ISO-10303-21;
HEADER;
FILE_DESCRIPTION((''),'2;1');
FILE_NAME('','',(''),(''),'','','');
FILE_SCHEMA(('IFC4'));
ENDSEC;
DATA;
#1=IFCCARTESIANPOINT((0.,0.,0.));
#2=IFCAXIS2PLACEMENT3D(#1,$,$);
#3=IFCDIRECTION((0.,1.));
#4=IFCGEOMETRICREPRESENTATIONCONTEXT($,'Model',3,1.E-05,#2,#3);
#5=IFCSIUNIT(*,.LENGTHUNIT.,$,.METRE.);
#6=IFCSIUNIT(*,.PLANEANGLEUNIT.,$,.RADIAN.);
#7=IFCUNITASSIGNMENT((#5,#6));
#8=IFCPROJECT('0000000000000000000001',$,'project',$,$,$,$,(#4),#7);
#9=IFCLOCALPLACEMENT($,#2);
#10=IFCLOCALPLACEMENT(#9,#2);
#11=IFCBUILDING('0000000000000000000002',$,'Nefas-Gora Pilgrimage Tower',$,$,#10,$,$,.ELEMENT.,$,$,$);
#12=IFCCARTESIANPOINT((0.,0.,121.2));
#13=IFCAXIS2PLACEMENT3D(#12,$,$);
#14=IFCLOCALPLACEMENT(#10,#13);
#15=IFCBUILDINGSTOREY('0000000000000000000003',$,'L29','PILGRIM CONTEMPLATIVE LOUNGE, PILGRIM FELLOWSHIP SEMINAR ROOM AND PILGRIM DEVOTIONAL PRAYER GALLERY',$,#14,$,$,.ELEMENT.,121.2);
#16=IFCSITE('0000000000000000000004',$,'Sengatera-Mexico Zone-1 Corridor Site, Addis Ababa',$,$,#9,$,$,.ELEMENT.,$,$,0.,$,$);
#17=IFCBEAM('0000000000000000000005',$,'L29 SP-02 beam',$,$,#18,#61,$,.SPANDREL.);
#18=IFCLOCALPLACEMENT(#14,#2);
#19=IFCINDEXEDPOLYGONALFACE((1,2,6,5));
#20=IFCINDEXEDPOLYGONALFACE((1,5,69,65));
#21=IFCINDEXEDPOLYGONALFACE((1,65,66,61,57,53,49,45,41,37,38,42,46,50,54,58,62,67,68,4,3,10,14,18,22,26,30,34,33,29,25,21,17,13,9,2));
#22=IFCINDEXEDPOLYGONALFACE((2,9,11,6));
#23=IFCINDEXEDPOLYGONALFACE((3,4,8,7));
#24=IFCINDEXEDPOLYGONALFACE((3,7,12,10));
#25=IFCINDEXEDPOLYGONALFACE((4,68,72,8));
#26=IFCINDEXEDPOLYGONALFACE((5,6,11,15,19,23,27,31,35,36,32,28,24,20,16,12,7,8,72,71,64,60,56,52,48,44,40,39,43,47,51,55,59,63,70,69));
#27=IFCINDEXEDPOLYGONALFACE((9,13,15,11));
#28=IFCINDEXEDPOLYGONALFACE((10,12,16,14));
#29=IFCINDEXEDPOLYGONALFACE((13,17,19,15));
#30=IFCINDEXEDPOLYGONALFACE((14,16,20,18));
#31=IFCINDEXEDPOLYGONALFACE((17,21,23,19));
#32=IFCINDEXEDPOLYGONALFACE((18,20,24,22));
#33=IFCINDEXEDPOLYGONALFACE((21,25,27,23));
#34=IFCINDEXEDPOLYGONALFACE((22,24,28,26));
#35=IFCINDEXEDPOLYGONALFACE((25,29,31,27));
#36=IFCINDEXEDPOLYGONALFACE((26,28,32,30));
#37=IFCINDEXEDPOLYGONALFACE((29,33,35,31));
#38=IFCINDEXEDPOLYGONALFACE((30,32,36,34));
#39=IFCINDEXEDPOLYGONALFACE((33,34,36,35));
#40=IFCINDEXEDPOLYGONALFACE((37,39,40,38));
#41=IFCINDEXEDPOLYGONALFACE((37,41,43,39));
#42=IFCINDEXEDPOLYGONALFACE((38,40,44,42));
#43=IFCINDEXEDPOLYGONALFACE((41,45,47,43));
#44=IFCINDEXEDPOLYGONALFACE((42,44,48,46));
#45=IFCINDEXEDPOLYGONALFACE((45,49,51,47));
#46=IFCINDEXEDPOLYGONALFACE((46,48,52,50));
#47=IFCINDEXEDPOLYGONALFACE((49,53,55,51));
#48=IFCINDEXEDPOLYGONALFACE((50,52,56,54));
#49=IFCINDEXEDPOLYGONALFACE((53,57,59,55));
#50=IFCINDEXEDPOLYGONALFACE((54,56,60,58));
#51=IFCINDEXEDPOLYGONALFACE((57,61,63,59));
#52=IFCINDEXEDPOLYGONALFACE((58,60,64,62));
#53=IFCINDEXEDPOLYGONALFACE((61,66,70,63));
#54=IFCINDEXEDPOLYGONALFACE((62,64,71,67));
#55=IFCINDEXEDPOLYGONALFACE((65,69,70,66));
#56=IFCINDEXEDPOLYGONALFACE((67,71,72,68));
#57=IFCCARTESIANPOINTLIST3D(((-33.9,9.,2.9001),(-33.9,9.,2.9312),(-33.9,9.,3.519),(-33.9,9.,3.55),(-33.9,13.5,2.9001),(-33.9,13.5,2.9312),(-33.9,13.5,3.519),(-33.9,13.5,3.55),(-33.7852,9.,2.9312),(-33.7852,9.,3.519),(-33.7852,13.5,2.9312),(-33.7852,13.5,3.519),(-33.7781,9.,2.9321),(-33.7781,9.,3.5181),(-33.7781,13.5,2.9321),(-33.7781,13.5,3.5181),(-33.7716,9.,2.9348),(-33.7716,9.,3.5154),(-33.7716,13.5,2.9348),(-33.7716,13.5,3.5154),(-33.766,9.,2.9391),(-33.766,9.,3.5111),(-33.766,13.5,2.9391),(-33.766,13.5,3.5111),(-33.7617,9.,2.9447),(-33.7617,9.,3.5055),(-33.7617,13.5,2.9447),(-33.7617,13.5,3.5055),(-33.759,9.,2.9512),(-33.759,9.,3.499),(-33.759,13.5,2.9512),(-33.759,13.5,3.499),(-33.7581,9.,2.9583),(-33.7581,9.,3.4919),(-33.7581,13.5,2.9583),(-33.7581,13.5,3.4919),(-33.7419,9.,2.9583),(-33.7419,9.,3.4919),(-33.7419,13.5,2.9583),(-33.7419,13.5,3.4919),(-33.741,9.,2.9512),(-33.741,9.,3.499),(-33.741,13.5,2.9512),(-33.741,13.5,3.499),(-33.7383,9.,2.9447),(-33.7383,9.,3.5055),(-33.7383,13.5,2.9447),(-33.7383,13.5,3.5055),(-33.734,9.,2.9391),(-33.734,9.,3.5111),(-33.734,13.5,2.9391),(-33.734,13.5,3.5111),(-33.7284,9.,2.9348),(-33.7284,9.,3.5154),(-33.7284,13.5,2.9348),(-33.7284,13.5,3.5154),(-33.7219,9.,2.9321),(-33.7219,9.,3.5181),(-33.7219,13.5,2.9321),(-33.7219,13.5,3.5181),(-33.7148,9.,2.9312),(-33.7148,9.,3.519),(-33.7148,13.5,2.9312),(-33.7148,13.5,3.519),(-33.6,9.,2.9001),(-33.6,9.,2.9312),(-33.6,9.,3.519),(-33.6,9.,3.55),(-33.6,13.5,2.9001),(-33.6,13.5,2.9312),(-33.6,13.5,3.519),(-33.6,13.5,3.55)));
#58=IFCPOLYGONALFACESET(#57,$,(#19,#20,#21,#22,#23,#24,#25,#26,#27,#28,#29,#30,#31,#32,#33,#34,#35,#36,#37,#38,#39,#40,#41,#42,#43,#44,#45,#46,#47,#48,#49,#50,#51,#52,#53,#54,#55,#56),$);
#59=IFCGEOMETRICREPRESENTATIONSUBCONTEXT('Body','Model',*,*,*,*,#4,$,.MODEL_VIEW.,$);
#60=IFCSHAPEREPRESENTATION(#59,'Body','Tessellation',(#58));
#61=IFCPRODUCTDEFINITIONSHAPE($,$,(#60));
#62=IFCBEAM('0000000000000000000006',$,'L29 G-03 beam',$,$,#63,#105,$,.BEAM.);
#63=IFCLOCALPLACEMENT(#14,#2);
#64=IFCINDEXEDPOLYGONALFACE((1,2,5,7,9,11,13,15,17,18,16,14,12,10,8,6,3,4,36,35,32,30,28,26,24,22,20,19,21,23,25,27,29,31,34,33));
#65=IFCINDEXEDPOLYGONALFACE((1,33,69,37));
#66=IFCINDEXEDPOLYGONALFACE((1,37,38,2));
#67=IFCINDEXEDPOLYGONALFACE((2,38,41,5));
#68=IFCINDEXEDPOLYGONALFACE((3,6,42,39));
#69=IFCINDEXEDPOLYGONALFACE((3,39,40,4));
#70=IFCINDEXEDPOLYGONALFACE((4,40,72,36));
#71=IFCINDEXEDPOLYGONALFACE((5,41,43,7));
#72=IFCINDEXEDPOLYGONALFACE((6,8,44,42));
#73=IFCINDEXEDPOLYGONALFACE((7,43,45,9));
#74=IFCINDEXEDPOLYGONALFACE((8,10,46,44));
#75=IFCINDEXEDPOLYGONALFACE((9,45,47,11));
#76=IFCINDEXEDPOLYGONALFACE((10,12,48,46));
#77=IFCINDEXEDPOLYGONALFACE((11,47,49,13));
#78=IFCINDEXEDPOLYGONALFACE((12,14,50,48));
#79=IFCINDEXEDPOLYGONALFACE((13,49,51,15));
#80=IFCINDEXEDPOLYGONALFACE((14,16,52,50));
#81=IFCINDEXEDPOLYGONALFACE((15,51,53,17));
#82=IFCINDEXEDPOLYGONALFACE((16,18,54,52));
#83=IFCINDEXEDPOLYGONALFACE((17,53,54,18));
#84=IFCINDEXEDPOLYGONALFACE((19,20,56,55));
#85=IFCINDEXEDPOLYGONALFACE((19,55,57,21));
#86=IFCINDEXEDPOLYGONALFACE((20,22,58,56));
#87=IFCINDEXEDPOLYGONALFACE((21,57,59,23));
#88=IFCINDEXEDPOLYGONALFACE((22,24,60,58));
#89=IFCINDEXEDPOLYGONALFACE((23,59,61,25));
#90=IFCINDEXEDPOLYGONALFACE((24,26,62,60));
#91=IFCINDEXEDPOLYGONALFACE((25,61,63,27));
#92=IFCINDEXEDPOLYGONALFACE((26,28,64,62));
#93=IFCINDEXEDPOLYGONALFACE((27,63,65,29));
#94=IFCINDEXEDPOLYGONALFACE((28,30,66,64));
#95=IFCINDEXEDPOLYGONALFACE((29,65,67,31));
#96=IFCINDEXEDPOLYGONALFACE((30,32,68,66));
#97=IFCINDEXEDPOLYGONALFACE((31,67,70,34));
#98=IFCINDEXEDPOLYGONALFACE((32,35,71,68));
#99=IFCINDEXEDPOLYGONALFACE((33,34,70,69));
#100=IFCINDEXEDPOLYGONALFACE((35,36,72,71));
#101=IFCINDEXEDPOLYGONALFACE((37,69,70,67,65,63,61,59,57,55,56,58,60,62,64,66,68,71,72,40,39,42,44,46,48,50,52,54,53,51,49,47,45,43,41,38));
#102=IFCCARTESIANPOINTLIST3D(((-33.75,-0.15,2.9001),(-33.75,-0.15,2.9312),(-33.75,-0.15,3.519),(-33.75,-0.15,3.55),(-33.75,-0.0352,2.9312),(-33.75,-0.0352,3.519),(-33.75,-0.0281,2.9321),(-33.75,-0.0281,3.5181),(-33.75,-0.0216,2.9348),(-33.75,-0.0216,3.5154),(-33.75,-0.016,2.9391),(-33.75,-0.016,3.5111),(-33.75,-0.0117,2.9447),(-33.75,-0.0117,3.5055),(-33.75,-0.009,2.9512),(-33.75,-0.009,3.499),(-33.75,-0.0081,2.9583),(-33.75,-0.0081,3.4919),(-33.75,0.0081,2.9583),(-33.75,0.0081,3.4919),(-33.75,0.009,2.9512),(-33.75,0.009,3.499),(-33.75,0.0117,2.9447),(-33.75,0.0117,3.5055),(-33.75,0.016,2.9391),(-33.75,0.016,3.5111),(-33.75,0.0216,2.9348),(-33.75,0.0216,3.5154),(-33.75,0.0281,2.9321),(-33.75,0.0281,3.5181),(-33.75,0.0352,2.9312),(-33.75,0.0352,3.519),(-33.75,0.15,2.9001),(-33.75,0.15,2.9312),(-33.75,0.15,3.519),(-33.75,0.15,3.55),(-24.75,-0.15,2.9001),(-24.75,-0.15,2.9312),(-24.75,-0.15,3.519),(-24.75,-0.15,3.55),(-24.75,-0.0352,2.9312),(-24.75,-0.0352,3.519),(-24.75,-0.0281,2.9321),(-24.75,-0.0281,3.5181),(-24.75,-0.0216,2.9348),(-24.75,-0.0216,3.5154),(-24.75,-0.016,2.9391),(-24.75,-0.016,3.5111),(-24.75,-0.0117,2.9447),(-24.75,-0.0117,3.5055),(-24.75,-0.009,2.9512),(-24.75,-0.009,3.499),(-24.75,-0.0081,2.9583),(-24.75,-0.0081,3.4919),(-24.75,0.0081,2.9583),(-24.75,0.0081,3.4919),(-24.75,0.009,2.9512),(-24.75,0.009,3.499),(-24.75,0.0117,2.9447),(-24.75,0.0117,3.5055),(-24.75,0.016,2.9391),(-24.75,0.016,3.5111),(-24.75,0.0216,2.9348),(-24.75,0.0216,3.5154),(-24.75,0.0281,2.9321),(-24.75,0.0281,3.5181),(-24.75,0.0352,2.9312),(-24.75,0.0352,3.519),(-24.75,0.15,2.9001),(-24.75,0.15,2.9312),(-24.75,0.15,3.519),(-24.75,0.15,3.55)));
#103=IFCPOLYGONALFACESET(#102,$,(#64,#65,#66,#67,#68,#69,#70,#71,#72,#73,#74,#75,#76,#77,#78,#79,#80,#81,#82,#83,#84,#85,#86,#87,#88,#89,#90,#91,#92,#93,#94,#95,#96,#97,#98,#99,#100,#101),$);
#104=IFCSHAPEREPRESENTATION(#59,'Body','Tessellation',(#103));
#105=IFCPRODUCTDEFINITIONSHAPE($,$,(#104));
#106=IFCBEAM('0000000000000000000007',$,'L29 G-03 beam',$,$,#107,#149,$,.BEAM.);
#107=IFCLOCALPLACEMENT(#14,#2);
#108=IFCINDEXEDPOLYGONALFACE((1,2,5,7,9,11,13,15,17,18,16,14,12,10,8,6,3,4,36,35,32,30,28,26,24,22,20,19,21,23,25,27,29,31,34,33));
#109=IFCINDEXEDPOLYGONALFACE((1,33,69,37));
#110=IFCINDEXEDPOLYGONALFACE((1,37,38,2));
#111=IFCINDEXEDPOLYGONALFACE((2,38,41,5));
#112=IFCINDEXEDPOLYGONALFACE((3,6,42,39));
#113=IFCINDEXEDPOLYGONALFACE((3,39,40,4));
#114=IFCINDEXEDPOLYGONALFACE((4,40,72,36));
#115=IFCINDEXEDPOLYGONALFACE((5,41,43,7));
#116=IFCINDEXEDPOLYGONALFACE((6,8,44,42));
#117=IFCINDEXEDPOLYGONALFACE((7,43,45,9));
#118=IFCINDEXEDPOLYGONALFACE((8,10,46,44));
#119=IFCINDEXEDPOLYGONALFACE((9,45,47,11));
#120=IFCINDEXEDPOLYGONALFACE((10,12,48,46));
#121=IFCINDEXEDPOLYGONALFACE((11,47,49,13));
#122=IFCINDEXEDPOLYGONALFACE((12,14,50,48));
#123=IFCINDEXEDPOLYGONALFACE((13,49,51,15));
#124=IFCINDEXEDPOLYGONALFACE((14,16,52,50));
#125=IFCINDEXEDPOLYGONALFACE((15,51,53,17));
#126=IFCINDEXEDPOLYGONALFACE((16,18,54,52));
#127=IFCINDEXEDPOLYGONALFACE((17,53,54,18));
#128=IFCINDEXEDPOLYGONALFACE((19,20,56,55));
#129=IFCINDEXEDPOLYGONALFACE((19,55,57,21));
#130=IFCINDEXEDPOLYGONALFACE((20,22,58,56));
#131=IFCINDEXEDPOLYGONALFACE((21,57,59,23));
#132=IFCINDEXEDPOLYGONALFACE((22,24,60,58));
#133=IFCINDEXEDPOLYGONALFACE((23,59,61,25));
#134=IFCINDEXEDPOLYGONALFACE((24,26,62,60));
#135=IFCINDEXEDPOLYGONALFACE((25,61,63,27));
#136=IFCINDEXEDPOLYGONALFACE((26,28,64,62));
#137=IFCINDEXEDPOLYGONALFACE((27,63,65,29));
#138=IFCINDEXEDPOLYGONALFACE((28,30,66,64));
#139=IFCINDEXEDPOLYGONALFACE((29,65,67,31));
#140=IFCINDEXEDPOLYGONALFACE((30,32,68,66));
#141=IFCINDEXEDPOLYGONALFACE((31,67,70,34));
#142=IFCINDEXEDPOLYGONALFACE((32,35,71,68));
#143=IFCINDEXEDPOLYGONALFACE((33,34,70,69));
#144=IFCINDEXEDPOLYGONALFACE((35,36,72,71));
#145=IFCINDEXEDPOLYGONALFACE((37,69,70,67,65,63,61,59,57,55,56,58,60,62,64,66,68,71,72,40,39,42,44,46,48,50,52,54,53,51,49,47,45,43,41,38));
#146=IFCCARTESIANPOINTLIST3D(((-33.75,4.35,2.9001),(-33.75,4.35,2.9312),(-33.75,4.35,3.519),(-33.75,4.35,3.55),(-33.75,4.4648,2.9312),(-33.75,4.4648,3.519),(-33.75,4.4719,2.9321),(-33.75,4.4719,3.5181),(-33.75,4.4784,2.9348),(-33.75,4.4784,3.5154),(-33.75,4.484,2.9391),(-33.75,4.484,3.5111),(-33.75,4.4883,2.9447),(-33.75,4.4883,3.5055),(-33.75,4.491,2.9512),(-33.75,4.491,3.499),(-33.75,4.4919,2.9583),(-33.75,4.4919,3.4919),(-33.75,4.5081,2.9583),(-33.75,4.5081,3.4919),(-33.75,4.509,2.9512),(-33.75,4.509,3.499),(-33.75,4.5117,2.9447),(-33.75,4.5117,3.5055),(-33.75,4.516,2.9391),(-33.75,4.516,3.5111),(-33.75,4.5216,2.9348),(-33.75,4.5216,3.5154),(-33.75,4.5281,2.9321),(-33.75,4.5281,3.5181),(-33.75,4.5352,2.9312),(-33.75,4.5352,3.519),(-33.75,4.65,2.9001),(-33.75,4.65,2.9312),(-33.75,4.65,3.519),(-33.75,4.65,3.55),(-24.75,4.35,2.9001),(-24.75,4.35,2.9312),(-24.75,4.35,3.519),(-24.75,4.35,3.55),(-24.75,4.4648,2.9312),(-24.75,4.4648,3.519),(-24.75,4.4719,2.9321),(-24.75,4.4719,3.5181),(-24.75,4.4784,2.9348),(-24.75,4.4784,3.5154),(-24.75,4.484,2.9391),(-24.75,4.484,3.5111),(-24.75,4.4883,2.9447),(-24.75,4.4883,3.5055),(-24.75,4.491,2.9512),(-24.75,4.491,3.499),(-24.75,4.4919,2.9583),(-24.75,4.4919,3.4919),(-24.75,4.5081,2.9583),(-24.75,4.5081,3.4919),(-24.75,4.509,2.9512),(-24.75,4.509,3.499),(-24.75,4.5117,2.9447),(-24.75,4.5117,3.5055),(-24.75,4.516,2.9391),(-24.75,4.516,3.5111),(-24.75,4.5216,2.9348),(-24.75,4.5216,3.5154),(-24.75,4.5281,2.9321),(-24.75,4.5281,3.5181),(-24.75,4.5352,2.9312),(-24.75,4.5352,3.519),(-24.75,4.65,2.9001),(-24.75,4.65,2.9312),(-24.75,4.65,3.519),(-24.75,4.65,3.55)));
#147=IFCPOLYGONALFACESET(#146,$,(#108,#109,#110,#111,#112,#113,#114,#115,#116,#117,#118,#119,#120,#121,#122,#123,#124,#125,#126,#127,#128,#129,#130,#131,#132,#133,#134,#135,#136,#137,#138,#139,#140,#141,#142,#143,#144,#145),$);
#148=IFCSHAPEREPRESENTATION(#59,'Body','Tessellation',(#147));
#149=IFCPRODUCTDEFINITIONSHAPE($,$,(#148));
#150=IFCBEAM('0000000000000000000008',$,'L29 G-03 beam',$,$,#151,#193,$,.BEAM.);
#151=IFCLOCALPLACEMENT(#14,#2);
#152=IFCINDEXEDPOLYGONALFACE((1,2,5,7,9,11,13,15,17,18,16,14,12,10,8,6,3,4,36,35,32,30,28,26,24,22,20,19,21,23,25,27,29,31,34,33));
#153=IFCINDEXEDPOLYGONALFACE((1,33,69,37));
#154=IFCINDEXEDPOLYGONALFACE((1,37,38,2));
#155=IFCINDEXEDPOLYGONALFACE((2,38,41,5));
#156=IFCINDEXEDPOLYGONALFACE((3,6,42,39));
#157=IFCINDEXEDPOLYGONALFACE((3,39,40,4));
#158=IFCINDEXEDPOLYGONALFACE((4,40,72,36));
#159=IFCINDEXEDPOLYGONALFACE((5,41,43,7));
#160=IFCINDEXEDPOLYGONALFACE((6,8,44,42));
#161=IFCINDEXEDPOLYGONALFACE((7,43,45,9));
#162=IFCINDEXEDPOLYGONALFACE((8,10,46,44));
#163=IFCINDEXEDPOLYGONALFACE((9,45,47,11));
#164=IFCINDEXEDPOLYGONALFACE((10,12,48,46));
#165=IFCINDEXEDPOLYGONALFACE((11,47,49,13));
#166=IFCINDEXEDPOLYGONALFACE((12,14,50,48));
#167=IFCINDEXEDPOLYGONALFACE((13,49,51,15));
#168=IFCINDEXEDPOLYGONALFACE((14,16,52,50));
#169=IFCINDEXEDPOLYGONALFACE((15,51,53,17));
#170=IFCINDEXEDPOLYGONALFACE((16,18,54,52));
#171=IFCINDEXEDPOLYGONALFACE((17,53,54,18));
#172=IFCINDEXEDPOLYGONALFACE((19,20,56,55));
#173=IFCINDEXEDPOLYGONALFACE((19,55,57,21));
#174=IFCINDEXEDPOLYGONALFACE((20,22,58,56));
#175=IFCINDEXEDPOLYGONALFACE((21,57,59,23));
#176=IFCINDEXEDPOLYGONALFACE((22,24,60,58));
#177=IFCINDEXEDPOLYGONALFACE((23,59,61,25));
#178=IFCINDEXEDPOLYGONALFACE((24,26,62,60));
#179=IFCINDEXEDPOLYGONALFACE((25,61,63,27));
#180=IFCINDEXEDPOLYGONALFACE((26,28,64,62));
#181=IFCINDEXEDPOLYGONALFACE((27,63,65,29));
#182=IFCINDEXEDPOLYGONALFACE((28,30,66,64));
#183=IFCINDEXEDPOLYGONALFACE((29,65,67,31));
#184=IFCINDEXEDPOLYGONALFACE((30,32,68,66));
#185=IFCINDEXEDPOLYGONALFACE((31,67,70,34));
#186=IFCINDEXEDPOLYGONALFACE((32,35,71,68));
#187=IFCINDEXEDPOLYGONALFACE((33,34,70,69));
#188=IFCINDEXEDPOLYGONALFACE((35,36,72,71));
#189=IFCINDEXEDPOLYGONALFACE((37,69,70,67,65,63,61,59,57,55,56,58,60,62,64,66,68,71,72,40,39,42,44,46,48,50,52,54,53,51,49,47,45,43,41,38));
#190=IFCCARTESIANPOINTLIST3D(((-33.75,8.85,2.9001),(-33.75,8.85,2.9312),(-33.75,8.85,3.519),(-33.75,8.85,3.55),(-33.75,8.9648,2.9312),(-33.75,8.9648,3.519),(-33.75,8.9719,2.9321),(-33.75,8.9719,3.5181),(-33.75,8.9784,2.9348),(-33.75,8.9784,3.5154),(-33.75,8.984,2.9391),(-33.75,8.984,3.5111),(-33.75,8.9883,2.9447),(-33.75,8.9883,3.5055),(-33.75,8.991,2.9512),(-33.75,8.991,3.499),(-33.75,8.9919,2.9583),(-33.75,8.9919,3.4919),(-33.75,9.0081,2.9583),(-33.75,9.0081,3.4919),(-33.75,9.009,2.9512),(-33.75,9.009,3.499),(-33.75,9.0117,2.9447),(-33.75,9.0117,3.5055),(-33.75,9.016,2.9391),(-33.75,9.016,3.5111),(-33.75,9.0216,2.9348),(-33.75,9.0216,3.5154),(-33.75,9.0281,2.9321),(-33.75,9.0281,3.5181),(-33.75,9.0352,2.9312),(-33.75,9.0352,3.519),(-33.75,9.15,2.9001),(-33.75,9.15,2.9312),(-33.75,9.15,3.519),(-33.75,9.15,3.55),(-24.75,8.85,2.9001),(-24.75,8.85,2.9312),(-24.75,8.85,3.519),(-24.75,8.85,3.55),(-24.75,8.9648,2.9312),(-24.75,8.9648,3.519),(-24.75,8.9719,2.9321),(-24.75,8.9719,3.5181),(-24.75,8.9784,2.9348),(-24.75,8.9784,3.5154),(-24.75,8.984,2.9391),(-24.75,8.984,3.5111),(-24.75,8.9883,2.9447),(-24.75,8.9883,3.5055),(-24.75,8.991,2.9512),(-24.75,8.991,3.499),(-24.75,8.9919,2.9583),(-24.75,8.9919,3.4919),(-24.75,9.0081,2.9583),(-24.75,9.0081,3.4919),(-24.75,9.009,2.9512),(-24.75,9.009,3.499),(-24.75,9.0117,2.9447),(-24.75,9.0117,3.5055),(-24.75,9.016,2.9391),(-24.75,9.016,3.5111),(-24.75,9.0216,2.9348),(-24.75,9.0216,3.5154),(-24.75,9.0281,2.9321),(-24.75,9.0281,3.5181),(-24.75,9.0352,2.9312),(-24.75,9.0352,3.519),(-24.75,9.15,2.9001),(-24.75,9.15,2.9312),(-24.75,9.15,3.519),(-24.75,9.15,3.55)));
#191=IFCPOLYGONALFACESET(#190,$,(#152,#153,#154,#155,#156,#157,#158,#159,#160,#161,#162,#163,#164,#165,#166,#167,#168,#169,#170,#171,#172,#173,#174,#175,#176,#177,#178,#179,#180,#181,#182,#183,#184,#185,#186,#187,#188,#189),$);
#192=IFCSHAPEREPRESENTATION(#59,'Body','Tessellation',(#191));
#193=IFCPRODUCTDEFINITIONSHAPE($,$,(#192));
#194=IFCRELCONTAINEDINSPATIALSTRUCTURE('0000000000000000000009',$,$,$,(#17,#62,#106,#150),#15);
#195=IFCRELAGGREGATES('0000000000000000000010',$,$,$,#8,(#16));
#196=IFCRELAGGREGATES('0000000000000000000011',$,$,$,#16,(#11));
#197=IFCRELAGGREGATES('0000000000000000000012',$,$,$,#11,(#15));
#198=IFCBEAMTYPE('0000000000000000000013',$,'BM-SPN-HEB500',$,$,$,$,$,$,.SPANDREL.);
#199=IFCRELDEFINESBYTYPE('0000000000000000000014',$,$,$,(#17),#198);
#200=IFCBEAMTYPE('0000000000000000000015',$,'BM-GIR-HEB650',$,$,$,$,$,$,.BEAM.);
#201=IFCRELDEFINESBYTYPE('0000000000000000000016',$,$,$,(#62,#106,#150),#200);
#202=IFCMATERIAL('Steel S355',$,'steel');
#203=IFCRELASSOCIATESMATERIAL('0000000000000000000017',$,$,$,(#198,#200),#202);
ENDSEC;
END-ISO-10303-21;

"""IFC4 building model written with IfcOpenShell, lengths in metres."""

from ifc_helpers import new_model, si_unit, direction, frame, origin, origin_2d, place, context, subcontext, project, spatial, i_section, extrude, source, transform, mapped, material, material_profile, profile_set, type_object, element, save


model = new_model("IFC4")

# Units and contexts
model_context = context("Model", 3, precision=1e-05, world=origin(), true_north=direction((0.0, 1.0)))
body_context = subcontext(model_context, "Body", "Model", "MODEL_VIEW")
ifc_project = project(units=[si_unit("LENGTHUNIT", "METRE"), si_unit("PLANEANGLEUNIT", "RADIAN")], contexts=[model_context])

# Site, building, storey
site_placement = place(None, origin())
site = spatial("IfcSite", under=ifc_project, at=site_placement, Name="Sengatera-Mexico Zone-1 Corridor Site, Addis Ababa", CompositionType="ELEMENT", RefElevation=0.0)
building_placement = place(site_placement, origin())
building = spatial("IfcBuilding", under=site, at=building_placement, Name="Nefas-Gora Pilgrimage Tower", CompositionType="ELEMENT")
storey_placement = place(building_placement, frame((0.0, 0.0, 121.2)))
storey = spatial("IfcBuildingStorey", under=building, at=storey_placement, Name="L29", Description="PILGRIM CONTEMPLATIVE LOUNGE, PILGRIM FELLOWSHIP SEMINAR ROOM AND PILGRIM DEVOTIONAL PRAYER GALLERY", CompositionType="ELEMENT", Elevation=121.2)

# Beams
ifc_material_1 = material(Name="Steel S355", Category="steel")
ifc_material_profile_1 = material_profile(ifc_material_1, i_section(OverallWidth=0.3, OverallDepth=0.6499, WebThickness=0.0161, FlangeThickness=0.031, FilletRadius=0.0271, at=origin_2d()), Name="HEB 650")
ifc_profile_set_1 = profile_set([ifc_material_profile_1], Name="Steel S355")
beam_type_1 = type_object("IfcBeamType", Name="BM-SPN-HEB500", PredefinedType="SPANDREL", material=ifc_profile_set_1)
shared_shape_1 = source(origin(), body_context, "Body", "SweptSolid", [
    extrude(i_section(OverallWidth=0.3, OverallDepth=0.6499, WebThickness=0.0161, FlangeThickness=0.031, FilletRadius=0.0271, at=origin_2d()), origin(), (0.0, 0.0, 1.0), 4.5),
])
for number, where, z_axis, x_axis, name in (
    (1, (-33.75, 9.0, 3.2251), (0.0, 1.0, 0.0), (-1.0, 0.0, 0.0), "L29 SP-02 beam"),
):
    element("IfcBeam", number, at=place(storey_placement, frame(where, z_axis=z_axis, x_axis=x_axis)), inside=storey, type_object=beam_type_1, Name=name, PredefinedType="SPANDREL", context=body_context, shape_type="MappedRepresentation", body=[
        mapped(shared_shape_1, transform((0.0, 0.0, 0.0), x_axis=(1.0, 0.0, 0.0), y_axis=(0.0, 1.0, 0.0), z_axis=(0.0, 0.0, 1.0), scale=1.0)),
    ])
ifc_material_profile_2 = material_profile(ifc_material_1, i_section(OverallWidth=0.3, OverallDepth=0.6499, WebThickness=0.0161, FlangeThickness=0.031, FilletRadius=0.0271, at=origin_2d()), Name="HEB 650")
ifc_profile_set_2 = profile_set([ifc_material_profile_2], Name="Steel S355")
beam_type_2 = type_object("IfcBeamType", Name="BM-GIR-HEB650", PredefinedType="BEAM", material=ifc_profile_set_2)
shared_shape_2 = source(origin(), body_context, "Body", "SweptSolid", [
    extrude(i_section(OverallWidth=0.3, OverallDepth=0.6499, WebThickness=0.0161, FlangeThickness=0.031, FilletRadius=0.0271, at=origin_2d()), origin(), (0.0, 0.0, 1.0), 9.0),
])
for number, where, z_axis, x_axis, name in (
    (2, (-33.75, 0.0, 3.2251), (1.0, 0.0, 0.0), (0.0, 1.0, 0.0), "L29 G-03 beam"),
    (3, (-33.75, 4.5, 3.2251), (1.0, 0.0, 0.0), (0.0, 1.0, 0.0), "L29 G-03 beam"),
    (4, (-33.75, 9.0, 3.2251), (1.0, 0.0, 0.0), (0.0, 1.0, 0.0), "L29 G-03 beam"),
):
    element("IfcBeam", number, at=place(storey_placement, frame(where, z_axis=z_axis, x_axis=x_axis)), inside=storey, type_object=beam_type_2, Name=name, PredefinedType="BEAM", context=body_context, shape_type="MappedRepresentation", body=[
        mapped(shared_shape_2, transform((0.0, 0.0, 0.0), x_axis=(1.0, 0.0, 0.0), y_axis=(0.0, 1.0, 0.0), z_axis=(0.0, 0.0, 1.0), scale=1.0)),
    ])

save(model, "model.ifc")
